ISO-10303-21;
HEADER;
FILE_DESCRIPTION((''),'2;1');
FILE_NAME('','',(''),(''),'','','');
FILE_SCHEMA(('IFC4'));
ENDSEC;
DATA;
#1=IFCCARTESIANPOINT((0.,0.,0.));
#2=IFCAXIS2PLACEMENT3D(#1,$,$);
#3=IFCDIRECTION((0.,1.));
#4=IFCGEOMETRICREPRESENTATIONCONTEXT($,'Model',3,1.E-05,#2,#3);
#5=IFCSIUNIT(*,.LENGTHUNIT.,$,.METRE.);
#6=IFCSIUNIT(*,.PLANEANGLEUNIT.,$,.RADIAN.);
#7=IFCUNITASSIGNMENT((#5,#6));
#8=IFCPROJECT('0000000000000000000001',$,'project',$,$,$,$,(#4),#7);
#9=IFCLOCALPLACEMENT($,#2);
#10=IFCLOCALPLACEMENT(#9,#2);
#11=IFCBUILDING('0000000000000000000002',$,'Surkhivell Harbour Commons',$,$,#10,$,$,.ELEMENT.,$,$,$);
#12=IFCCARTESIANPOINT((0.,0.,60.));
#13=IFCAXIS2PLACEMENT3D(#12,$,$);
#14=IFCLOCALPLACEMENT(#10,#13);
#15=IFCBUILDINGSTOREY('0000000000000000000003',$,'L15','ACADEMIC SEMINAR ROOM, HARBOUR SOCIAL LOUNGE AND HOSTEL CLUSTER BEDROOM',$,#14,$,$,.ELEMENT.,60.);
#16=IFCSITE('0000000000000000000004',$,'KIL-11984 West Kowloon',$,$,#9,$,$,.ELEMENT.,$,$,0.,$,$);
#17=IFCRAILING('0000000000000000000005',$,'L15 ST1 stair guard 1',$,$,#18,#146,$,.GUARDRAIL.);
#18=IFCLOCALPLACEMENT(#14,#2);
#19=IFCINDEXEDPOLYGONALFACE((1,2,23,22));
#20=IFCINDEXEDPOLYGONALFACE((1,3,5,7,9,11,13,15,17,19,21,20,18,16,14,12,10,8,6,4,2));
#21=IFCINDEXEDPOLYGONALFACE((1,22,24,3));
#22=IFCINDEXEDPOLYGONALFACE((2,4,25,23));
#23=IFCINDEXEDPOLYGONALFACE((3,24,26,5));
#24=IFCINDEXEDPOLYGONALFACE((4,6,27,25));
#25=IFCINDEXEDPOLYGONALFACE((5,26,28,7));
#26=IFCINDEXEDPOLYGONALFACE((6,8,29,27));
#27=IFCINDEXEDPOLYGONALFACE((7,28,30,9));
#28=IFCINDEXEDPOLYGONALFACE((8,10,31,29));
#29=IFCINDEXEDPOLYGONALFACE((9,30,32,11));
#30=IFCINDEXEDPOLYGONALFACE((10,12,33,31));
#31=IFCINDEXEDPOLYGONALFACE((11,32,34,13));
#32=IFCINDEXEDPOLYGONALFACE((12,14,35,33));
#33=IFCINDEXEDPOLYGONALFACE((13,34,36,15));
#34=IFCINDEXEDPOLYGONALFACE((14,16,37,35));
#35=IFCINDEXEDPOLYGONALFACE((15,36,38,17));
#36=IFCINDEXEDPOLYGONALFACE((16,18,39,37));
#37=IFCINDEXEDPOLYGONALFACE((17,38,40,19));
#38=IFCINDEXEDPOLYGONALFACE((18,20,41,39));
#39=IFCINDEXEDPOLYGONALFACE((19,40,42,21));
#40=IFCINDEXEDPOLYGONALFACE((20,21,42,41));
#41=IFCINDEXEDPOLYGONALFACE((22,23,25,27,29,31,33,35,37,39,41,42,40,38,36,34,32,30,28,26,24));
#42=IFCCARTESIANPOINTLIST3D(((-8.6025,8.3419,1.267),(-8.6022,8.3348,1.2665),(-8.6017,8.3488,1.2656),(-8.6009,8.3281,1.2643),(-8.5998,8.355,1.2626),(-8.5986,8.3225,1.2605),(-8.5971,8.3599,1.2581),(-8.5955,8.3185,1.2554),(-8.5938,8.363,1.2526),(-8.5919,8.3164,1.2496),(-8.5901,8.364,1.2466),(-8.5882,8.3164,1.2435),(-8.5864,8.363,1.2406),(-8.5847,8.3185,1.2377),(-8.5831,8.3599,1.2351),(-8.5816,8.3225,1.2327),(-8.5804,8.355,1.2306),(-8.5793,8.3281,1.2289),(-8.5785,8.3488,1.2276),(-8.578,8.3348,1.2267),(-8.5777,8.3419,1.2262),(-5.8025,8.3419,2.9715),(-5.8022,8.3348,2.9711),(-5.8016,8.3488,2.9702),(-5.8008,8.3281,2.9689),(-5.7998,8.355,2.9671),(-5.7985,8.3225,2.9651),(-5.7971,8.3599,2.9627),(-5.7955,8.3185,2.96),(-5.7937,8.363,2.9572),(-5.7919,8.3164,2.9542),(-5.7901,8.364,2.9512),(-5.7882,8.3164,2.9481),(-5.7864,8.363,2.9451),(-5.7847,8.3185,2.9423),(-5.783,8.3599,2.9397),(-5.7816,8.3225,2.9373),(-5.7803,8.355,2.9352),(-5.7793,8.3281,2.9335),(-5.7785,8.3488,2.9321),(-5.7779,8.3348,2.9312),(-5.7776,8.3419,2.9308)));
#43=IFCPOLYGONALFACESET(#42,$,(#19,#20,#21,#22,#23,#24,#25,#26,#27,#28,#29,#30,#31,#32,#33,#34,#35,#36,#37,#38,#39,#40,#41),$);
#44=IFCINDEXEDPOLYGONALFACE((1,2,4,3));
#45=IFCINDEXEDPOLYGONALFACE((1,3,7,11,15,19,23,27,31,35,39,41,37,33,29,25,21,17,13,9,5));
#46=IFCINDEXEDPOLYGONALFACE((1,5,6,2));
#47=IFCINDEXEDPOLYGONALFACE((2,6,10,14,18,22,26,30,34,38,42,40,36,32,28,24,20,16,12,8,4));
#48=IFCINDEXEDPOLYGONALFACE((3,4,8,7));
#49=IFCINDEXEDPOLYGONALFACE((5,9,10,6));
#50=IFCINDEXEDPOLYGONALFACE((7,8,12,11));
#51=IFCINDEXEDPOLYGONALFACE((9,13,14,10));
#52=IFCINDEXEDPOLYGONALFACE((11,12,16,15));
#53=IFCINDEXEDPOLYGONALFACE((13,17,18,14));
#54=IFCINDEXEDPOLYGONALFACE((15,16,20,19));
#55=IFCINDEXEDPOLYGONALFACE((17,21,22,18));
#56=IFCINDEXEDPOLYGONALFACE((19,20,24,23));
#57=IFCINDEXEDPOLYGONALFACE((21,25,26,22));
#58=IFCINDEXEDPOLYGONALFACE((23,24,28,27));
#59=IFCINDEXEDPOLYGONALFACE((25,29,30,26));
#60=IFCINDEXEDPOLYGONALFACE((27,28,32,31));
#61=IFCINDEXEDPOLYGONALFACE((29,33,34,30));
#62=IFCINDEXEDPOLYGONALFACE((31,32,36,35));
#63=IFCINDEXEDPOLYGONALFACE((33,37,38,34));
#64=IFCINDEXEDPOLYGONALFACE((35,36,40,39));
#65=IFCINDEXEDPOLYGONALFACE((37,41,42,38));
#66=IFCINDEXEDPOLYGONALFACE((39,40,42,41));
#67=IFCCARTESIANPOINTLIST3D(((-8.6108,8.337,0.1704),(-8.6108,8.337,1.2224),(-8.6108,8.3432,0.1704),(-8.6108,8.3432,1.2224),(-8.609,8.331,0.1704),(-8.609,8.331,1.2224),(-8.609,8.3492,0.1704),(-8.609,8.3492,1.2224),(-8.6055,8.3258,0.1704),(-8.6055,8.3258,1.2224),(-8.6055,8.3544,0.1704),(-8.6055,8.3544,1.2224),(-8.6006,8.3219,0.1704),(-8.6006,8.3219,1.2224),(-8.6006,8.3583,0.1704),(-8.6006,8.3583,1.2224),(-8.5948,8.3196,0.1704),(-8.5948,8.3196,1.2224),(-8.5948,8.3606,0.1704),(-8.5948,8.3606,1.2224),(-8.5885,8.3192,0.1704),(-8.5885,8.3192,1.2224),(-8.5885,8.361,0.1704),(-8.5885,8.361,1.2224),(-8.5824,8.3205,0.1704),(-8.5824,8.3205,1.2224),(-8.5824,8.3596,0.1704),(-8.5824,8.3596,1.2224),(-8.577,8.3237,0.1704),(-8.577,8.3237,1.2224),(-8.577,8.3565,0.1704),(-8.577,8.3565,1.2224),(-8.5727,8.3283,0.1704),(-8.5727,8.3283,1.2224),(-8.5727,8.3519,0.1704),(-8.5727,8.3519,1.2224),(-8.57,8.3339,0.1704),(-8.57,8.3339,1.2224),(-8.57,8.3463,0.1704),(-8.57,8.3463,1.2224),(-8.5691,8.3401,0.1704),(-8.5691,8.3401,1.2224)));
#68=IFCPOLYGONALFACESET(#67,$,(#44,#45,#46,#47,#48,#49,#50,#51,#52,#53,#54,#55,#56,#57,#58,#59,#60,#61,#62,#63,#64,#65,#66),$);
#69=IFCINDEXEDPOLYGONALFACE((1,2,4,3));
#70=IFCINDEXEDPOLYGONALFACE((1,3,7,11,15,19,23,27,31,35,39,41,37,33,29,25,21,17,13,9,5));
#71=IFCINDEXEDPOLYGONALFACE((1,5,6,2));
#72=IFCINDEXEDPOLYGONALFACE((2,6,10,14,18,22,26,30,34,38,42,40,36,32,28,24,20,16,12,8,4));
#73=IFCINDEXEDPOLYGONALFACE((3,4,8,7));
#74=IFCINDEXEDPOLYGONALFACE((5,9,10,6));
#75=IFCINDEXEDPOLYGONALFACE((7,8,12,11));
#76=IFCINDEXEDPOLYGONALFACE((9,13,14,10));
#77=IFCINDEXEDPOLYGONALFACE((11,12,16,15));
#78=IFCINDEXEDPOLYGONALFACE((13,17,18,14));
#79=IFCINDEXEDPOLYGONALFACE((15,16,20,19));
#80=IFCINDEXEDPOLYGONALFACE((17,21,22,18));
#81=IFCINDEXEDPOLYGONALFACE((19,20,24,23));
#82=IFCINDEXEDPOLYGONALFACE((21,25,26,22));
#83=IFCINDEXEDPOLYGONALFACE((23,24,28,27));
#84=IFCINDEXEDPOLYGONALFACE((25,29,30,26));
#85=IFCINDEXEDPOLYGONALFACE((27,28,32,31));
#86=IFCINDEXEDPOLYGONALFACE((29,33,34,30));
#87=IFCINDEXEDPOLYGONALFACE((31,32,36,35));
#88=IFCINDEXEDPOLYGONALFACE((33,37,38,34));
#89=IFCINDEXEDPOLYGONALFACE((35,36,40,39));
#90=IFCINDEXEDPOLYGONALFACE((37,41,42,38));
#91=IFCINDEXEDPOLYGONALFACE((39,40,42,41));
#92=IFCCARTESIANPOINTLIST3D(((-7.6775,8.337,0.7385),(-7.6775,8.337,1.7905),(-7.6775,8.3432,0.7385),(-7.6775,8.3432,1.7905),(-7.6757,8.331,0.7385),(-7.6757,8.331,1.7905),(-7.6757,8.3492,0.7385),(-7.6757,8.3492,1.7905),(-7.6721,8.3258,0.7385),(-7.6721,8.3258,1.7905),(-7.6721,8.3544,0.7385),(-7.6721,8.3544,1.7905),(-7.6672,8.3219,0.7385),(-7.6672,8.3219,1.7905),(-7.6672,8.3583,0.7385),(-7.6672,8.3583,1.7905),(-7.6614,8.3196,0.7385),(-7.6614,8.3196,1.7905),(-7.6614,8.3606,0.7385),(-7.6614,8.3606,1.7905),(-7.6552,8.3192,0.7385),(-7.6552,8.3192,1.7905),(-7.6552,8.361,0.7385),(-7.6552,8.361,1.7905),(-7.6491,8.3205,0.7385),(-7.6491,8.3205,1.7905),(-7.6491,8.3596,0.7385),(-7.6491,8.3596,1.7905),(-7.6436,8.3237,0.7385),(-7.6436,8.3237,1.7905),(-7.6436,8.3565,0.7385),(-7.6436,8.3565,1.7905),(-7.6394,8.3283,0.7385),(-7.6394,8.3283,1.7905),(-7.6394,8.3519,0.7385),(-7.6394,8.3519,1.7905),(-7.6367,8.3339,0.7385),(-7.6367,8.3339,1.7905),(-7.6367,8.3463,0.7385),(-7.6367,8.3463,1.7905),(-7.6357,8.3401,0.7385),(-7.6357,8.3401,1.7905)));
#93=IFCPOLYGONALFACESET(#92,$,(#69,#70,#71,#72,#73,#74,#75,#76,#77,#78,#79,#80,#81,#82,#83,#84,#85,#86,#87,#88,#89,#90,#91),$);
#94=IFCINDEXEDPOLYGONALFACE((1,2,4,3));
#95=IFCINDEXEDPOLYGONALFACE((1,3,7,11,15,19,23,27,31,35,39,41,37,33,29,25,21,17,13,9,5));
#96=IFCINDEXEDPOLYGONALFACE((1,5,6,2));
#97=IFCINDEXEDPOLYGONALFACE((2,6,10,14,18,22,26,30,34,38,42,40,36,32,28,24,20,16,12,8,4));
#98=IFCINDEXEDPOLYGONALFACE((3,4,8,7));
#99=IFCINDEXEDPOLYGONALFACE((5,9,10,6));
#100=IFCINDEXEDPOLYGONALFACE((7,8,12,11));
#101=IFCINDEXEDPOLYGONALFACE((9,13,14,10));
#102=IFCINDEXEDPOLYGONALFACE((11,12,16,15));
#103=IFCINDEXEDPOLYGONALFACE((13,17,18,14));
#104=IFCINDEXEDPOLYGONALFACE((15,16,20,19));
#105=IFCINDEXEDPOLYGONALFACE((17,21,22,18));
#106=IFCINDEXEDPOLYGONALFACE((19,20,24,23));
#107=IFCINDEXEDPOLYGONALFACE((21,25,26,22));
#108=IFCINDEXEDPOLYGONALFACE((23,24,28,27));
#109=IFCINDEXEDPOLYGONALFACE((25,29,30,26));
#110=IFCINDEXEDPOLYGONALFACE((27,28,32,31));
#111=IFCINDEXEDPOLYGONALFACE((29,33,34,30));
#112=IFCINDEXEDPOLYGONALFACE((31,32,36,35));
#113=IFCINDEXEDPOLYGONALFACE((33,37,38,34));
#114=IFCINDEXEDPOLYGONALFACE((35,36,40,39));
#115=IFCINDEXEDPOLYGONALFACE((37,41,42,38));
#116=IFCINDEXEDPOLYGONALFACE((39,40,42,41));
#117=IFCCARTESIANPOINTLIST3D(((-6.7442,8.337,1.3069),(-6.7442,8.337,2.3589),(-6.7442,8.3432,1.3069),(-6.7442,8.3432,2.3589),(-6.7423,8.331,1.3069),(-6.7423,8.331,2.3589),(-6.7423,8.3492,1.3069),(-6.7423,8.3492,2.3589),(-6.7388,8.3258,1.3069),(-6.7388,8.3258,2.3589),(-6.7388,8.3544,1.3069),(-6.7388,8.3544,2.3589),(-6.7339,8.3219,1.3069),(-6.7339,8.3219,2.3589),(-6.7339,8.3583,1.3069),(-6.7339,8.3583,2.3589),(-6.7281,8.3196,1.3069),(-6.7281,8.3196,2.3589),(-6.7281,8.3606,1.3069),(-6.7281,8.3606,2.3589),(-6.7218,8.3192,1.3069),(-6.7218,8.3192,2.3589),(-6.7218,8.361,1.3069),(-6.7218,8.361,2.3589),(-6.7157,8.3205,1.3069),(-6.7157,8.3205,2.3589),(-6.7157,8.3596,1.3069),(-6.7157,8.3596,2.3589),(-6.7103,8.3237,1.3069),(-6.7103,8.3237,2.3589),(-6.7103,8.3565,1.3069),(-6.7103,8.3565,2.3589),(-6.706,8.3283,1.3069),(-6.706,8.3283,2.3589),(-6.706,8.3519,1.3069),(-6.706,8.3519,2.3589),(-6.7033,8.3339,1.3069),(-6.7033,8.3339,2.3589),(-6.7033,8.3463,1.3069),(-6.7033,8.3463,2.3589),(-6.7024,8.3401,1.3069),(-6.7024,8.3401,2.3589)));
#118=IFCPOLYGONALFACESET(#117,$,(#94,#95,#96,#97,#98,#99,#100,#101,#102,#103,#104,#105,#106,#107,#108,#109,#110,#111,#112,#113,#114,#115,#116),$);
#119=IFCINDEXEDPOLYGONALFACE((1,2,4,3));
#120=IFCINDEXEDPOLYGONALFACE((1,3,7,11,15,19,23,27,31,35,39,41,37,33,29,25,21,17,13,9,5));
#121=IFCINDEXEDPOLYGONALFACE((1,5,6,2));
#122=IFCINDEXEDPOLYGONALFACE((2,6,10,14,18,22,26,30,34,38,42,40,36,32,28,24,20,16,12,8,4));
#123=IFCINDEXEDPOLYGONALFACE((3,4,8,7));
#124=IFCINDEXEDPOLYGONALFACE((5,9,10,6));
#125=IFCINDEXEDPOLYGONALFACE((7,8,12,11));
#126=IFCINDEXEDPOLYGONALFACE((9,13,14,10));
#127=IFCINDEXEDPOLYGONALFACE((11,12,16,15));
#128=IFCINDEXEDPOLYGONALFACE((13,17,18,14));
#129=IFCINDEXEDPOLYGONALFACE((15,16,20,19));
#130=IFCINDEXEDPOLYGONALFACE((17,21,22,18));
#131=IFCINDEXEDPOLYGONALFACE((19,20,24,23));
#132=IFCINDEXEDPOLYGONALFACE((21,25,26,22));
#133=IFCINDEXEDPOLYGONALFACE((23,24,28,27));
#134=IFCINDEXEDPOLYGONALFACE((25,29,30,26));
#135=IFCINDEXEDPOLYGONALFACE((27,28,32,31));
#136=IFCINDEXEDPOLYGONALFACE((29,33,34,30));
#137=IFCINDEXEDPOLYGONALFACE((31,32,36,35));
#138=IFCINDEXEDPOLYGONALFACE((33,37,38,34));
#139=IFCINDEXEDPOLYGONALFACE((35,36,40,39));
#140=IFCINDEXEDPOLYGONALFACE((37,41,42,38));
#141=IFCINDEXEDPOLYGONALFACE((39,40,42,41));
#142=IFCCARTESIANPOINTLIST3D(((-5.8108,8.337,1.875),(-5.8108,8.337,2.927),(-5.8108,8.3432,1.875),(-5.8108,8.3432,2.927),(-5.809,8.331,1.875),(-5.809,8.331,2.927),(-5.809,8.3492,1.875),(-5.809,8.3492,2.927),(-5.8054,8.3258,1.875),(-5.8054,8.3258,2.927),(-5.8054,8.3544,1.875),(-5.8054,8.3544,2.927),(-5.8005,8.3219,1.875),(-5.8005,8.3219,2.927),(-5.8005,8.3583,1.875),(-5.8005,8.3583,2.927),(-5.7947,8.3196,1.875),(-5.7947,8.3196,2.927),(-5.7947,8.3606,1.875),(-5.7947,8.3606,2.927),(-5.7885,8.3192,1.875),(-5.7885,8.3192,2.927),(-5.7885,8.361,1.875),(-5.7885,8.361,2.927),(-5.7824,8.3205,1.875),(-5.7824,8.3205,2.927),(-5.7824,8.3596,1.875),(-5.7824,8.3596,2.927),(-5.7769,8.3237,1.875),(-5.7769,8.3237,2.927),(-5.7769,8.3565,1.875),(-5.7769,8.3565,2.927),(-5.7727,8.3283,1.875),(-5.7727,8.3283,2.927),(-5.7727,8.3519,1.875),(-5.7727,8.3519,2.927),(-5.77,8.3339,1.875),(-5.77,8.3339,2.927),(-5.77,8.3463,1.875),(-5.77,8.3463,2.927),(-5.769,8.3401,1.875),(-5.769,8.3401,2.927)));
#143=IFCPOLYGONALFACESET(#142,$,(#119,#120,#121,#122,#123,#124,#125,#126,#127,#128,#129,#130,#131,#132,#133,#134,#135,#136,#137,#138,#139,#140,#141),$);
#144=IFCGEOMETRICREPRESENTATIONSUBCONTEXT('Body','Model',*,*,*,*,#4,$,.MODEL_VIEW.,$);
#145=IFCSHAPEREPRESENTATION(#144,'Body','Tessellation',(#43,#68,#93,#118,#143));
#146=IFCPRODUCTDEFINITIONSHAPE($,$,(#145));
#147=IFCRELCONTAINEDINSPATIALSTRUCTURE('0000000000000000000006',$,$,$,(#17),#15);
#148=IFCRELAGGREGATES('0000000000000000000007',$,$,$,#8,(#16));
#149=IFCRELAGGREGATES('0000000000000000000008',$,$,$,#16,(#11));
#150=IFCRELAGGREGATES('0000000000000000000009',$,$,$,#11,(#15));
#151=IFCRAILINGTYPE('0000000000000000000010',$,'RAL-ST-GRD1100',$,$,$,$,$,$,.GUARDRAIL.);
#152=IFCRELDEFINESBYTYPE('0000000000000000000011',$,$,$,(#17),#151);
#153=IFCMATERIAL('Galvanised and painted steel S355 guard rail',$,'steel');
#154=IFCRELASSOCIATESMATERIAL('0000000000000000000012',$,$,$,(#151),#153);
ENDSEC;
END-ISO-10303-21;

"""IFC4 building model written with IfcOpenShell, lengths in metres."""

from ifc_helpers import new_model, si_unit, direction, frame, origin, origin_2d, place, context, subcontext, project, spatial, circle, extrude, material, type_object, element, save


model = new_model("IFC4")

# Units and contexts
model_context = context("Model", 3, precision=1e-05, world=origin(), true_north=direction((0.0, 1.0)))
body_context = subcontext(model_context, "Body", "Model", "MODEL_VIEW")
ifc_project = project(units=[si_unit("LENGTHUNIT", "METRE"), si_unit("PLANEANGLEUNIT", "RADIAN")], contexts=[model_context])

# Site, building, storey
site_placement = place(None, origin())
site = spatial("IfcSite", under=ifc_project, at=site_placement, Name="KIL-11984 West Kowloon", CompositionType="ELEMENT", RefElevation=0.0)
building_placement = place(site_placement, origin())
building = spatial("IfcBuilding", under=site, at=building_placement, Name="Surkhivell Harbour Commons", CompositionType="ELEMENT")
storey_placement = place(building_placement, frame((0.0, 0.0, 60.0)))
storey = spatial("IfcBuildingStorey", under=building, at=storey_placement, Name="L15", Description="ACADEMIC SEMINAR ROOM, HARBOUR SOCIAL LOUNGE AND HOSTEL CLUSTER BEDROOM", CompositionType="ELEMENT", Elevation=60.0)

# Railing
ifc_material_1 = material(Name="Galvanised and painted steel S355 guard rail", Category="steel")
railing_type_1 = type_object("IfcRailingType", Name="RAL-ST-GRD1100", PredefinedType="GUARDRAIL", material=ifc_material_1)
railing_1_placement = place(storey_placement, frame((-8.5901, 8.3401, 0.1704)))
element("IfcRailing", 1, at=railing_1_placement, inside=storey, type_object=railing_type_1, Name="L15 ST1 stair guard 1", PredefinedType="GUARDRAIL", context=body_context, shape_type="SweptSolid", body=[
    extrude(circle(Radius=0.0239, at=origin_2d()), frame((0.0, 0.0, 1.0762), z_axis=(0.85417, 0.0, 0.519994), x_axis=(0.0, 1.0, 0.0)), (0.0, 0.0, 1.0), 3.2781),
    extrude(circle(Radius=0.021, at=origin_2d()), origin(), (0.0, 0.0, 1.0), 1.052),
    extrude(circle(Radius=0.021, at=origin_2d()), frame((0.9333, 0.0, 0.5681)), (0.0, 0.0, 1.0), 1.052),
    extrude(circle(Radius=0.021, at=origin_2d()), frame((1.8667, 0.0, 1.1365)), (0.0, 0.0, 1.0), 1.052),
    extrude(circle(Radius=0.021, at=origin_2d()), frame((2.8, 0.0, 1.7046)), (0.0, 0.0, 1.0), 1.052),
])

save(model, "model.ifc")
